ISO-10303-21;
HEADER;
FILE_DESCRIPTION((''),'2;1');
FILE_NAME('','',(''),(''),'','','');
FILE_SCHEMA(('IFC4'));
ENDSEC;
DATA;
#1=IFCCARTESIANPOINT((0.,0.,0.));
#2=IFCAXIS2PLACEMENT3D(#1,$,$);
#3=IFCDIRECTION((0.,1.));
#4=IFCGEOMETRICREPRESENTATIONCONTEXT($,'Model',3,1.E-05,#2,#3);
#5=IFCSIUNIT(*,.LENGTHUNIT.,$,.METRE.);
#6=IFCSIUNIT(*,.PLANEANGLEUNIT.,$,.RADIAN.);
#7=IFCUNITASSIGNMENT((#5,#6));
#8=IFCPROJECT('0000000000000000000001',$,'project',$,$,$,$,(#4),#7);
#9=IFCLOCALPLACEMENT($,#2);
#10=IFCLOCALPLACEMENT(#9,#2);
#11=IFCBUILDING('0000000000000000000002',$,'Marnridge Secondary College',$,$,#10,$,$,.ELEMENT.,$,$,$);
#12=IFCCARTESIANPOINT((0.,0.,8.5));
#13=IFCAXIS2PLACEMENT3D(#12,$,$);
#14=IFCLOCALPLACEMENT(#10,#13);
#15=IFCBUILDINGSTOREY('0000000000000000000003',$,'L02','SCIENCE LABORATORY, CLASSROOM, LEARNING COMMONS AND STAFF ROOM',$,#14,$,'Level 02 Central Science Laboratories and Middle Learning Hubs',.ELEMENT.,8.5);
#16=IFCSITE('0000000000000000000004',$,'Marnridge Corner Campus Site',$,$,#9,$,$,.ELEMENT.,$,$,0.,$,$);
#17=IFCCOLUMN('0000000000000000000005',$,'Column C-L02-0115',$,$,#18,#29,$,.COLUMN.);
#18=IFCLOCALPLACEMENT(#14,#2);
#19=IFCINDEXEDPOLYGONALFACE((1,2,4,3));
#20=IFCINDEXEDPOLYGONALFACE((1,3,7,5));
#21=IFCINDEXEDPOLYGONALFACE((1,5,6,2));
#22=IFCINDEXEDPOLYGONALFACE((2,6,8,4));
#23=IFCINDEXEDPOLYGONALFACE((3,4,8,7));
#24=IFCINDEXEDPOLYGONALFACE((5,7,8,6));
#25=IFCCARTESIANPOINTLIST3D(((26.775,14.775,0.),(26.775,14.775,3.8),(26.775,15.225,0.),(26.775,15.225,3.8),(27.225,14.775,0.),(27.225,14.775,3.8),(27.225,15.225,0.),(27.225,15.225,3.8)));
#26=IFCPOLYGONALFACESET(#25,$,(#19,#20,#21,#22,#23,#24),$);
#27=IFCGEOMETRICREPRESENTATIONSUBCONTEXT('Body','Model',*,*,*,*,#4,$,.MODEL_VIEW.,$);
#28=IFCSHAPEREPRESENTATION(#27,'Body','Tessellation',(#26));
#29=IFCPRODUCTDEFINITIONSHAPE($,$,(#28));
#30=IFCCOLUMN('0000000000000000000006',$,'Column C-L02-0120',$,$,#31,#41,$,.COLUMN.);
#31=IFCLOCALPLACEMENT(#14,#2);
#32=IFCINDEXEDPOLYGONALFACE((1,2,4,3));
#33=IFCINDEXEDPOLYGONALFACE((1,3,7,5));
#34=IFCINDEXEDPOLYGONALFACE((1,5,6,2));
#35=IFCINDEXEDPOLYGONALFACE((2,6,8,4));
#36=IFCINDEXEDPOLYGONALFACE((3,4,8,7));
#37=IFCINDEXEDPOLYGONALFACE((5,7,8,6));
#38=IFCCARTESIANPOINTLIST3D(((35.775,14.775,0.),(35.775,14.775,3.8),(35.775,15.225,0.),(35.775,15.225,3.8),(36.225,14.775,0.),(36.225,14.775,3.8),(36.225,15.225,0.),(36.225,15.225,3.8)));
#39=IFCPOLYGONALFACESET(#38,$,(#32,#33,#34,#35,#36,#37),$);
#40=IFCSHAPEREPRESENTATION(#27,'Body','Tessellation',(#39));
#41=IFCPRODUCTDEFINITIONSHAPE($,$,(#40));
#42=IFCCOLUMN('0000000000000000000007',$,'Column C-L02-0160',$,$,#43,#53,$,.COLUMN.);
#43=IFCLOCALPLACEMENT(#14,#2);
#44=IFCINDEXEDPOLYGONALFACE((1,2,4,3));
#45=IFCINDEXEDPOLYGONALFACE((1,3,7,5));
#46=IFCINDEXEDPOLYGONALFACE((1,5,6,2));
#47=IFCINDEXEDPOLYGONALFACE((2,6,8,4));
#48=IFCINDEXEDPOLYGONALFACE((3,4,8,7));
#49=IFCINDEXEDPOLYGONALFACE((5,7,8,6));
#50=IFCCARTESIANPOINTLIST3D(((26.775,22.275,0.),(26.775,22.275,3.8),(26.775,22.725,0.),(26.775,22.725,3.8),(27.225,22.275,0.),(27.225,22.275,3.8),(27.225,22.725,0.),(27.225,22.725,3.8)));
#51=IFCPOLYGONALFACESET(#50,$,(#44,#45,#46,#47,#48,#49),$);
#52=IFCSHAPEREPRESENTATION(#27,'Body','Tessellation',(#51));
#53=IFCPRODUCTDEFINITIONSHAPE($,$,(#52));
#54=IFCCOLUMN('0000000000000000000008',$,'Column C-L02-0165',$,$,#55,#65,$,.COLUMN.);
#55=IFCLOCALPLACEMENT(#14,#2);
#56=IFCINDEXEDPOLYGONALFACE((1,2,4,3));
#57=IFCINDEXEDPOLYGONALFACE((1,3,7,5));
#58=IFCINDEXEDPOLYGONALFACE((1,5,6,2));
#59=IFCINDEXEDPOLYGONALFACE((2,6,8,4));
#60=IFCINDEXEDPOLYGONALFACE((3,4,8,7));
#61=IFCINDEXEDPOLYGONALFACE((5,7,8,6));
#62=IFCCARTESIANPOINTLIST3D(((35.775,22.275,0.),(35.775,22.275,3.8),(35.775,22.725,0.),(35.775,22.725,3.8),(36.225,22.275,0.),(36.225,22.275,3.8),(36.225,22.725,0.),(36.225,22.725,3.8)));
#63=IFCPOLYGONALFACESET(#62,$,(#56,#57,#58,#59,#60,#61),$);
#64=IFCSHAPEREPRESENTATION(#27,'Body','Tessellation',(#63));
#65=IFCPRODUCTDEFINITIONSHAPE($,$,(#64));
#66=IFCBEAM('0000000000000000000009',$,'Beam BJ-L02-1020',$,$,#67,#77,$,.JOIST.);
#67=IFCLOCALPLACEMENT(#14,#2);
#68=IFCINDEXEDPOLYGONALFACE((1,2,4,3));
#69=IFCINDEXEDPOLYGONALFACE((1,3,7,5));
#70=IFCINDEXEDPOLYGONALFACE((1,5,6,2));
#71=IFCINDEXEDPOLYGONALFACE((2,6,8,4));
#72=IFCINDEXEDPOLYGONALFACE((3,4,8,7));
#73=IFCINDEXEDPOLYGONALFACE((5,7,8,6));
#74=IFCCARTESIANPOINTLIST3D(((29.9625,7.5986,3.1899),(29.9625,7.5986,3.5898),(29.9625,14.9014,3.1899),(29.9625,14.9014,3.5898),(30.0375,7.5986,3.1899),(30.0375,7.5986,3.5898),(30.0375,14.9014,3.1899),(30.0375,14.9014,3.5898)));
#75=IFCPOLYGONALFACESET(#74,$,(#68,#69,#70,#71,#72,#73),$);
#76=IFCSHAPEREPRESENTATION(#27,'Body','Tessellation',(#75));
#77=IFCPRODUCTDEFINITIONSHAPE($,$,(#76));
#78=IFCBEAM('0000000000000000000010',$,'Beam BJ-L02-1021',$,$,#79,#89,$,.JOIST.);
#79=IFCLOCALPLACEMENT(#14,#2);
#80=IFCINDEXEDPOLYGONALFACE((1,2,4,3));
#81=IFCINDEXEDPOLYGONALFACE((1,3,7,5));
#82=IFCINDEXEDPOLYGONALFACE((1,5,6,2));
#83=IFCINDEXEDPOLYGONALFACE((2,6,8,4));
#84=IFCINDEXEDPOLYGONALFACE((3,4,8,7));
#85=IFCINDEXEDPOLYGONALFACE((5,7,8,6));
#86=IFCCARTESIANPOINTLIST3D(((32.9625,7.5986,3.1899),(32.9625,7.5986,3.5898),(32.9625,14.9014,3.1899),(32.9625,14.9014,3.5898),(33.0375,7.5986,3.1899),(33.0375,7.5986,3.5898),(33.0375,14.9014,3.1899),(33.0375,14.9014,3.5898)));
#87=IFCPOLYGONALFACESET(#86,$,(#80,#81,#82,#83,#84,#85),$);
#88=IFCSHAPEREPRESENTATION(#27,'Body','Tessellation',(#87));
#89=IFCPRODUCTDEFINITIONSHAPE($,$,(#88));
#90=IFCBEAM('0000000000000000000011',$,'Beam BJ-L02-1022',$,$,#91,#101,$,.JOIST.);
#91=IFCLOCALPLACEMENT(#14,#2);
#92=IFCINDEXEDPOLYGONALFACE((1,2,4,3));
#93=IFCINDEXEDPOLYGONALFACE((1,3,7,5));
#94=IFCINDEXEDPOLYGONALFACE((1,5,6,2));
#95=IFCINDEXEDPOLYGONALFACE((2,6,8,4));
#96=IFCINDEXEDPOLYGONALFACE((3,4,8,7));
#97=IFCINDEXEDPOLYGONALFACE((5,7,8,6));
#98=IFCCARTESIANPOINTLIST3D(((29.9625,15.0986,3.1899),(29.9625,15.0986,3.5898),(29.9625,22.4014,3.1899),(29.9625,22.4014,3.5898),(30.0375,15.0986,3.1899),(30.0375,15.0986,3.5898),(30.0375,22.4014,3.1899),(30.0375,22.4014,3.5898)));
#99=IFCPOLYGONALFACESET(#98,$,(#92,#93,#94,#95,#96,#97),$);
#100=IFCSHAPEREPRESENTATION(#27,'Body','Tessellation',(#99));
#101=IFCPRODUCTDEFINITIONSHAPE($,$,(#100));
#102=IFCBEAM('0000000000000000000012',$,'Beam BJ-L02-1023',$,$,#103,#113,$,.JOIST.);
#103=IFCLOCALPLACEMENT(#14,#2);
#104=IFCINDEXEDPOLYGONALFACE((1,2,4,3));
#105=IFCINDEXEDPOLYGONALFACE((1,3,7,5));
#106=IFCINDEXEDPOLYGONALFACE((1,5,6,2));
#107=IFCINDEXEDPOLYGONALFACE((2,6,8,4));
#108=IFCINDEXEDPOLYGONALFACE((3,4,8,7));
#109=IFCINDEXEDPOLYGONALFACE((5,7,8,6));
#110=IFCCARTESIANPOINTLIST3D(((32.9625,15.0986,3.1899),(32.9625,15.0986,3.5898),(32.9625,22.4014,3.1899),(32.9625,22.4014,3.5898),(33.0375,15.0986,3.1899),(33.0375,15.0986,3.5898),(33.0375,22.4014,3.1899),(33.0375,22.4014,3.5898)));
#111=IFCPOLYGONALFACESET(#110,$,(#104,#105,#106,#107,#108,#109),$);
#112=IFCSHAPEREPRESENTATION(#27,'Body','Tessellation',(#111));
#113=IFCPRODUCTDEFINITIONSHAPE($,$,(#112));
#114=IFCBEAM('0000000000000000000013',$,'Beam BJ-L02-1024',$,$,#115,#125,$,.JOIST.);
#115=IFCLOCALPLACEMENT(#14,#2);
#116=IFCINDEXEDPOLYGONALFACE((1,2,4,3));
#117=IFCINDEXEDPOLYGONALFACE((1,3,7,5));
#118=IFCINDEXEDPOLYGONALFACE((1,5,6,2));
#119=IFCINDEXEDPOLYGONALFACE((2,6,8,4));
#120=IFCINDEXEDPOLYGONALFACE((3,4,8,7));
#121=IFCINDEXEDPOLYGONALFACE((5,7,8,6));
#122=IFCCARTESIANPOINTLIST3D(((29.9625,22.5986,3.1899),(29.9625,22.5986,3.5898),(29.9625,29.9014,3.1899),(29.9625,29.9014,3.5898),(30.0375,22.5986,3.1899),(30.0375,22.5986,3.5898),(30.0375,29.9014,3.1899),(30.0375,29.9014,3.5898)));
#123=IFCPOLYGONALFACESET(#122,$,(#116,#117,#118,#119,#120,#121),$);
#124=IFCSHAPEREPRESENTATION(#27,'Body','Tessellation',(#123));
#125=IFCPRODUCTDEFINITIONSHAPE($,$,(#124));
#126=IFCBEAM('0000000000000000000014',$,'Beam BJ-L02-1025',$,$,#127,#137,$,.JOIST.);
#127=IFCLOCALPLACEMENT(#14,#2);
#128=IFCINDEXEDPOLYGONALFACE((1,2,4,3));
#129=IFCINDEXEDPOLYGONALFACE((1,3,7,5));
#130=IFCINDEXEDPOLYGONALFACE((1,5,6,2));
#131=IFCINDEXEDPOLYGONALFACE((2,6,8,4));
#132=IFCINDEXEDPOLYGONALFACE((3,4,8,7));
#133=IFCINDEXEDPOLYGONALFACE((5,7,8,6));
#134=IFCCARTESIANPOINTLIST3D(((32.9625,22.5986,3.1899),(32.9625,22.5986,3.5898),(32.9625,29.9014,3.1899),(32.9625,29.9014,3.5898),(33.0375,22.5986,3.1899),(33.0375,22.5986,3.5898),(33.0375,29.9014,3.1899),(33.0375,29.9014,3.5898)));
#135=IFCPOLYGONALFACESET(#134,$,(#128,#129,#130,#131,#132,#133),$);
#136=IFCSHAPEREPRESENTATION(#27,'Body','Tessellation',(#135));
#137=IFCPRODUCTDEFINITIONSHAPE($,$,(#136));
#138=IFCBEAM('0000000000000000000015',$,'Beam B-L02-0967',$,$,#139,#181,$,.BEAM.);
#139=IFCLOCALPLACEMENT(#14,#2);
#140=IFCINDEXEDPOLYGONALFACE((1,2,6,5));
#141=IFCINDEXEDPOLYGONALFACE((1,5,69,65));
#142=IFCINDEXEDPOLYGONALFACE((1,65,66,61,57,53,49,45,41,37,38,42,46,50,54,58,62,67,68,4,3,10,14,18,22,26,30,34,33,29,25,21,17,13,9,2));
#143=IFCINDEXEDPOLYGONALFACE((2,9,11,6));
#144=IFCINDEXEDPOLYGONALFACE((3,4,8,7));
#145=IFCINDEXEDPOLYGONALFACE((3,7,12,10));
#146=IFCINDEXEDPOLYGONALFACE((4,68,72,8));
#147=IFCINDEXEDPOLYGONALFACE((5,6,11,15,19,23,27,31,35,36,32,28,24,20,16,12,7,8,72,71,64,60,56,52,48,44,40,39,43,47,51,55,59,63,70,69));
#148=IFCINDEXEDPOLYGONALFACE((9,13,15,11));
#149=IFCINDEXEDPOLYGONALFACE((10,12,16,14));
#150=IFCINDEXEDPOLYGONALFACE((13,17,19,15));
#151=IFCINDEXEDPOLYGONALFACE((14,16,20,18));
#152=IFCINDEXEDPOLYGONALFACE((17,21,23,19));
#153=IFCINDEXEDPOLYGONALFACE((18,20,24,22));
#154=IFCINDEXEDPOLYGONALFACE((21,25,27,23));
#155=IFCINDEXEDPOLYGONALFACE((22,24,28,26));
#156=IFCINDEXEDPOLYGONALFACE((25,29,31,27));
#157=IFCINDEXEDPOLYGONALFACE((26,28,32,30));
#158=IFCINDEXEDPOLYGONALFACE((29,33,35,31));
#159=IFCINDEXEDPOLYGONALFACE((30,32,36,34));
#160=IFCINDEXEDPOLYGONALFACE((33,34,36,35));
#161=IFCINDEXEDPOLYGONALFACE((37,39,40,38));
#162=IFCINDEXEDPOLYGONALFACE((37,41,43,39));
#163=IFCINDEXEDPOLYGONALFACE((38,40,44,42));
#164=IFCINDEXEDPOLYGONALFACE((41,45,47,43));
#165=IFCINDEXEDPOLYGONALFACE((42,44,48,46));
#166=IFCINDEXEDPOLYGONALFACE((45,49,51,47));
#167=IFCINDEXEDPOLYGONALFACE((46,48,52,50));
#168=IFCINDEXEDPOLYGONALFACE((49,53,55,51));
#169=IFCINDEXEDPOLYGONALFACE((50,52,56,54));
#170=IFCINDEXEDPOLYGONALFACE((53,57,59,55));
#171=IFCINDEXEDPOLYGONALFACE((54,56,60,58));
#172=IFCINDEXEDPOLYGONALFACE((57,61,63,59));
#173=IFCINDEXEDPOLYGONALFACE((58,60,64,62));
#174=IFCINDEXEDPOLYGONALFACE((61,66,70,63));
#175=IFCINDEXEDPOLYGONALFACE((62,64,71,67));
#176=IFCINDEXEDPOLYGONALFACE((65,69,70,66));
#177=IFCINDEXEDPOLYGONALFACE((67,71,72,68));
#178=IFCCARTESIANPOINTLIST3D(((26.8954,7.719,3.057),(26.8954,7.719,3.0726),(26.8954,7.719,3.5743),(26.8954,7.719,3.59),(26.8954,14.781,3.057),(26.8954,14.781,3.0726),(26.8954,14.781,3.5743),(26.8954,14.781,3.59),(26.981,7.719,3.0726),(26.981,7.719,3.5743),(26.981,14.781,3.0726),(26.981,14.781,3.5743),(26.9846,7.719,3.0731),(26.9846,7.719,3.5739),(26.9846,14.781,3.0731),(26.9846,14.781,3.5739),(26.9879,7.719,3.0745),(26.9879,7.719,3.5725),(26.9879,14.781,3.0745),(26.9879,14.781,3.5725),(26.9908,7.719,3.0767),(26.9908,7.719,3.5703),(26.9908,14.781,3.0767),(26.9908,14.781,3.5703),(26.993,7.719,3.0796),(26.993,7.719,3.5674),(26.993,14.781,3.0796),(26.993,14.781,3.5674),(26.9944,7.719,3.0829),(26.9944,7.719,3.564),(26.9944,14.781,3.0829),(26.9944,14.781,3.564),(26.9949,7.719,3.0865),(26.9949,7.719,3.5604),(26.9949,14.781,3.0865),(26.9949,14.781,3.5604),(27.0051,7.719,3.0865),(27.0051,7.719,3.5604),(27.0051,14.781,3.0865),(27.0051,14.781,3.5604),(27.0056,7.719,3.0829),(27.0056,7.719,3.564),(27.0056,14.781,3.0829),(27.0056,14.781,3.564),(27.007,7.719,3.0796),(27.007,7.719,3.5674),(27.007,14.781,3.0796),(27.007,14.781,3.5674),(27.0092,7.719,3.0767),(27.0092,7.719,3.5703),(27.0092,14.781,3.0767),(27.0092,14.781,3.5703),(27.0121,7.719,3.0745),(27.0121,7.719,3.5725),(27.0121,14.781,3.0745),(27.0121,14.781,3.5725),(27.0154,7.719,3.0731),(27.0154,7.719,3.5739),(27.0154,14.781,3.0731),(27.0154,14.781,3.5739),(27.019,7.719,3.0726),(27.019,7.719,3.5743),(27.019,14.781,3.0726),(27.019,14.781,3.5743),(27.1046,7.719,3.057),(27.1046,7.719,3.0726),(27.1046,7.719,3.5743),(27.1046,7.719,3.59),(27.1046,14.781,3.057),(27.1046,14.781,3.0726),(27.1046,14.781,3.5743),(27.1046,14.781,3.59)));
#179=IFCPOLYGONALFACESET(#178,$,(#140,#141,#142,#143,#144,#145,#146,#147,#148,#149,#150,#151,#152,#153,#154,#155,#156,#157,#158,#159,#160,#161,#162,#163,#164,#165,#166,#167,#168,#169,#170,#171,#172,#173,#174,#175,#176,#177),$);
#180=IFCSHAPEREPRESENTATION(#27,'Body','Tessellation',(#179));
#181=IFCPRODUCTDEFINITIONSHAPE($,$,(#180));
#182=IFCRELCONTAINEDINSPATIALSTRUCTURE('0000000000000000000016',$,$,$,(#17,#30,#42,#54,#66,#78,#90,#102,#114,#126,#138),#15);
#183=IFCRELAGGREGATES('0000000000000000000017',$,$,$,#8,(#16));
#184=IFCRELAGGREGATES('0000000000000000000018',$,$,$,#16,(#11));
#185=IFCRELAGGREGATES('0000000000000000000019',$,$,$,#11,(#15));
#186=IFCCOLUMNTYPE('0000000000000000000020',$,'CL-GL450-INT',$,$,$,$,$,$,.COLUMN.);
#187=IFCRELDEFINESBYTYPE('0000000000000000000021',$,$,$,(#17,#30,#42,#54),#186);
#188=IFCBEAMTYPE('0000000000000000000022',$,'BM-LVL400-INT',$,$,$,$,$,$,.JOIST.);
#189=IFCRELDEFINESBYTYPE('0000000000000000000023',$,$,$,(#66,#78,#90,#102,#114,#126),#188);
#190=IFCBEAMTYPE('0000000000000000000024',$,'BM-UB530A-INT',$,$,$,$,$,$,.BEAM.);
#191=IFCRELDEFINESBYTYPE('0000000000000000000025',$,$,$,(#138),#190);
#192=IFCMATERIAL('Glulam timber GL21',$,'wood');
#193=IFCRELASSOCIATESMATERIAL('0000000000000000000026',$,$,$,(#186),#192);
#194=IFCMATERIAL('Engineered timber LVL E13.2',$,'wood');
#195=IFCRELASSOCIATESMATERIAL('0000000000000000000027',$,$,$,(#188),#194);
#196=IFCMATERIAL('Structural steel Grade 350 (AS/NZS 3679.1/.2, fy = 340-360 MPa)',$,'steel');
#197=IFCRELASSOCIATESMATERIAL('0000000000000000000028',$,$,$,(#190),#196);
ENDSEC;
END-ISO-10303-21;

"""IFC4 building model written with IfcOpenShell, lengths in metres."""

from ifc_helpers import new_model, si_unit, direction, frame, origin, origin_2d, place, context, subcontext, project, spatial, rectangle, i_section, extrude, material, material_profile, profile_set, type_object, element, save


model = new_model("IFC4")

# Units and contexts
model_context = context("Model", 3, precision=1e-05, world=origin(), true_north=direction((0.0, 1.0)))
body_context = subcontext(model_context, "Body", "Model", "MODEL_VIEW")
ifc_project = project(units=[si_unit("LENGTHUNIT", "METRE"), si_unit("PLANEANGLEUNIT", "RADIAN")], contexts=[model_context])

# Site, building, storey
site_placement = place(None, origin())
site = spatial("IfcSite", under=ifc_project, at=site_placement, Name="Marnridge Corner Campus Site", CompositionType="ELEMENT", RefElevation=0.0)
building_placement = place(site_placement, origin())
building = spatial("IfcBuilding", under=site, at=building_placement, Name="Marnridge Secondary College", CompositionType="ELEMENT")
storey_placement = place(building_placement, frame((0.0, 0.0, 8.5)))
storey = spatial("IfcBuildingStorey", under=building, at=storey_placement, Name="L02", Description="SCIENCE LABORATORY, CLASSROOM, LEARNING COMMONS AND STAFF ROOM", LongName="Level 02 Central Science Laboratories and Middle Learning Hubs", CompositionType="ELEMENT", Elevation=8.5)

# Columns
ifc_material_1 = material(Name="Glulam timber GL21", Category="wood")
ifc_material_profile_1 = material_profile(ifc_material_1, rectangle(XDim=0.45, YDim=0.45, at=origin_2d()), Name="GL21 450x450")
ifc_profile_set_1 = profile_set([ifc_material_profile_1], Name="Glulam timber GL21")
column_type = type_object("IfcColumnType", Name="CL-GL450-INT", PredefinedType="COLUMN", material=ifc_profile_set_1)
for number, where, z_axis, x_axis, name in (
    (1, (27.0, 15.0, 0.0), (0.0, 0.0, 1.0), (1.0, 0.0, 0.0), "Column C-L02-0115"),
    (2, (36.0, 15.0, 0.0), (0.0, 0.0, 1.0), (1.0, 0.0, 0.0), "Column C-L02-0120"),
    (3, (27.0, 22.5, 0.0), (0.0, 0.0, 1.0), (1.0, 0.0, 0.0), "Column C-L02-0160"),
    (4, (36.0, 22.5, 0.0), (0.0, 0.0, 1.0), (1.0, 0.0, 0.0), "Column C-L02-0165"),
):
    element("IfcColumn", number, at=place(storey_placement, frame(where, z_axis=z_axis, x_axis=x_axis)), inside=storey, type_object=column_type, Name=name, PredefinedType="COLUMN", context=body_context, shape_type="SweptSolid", body=[
        extrude(rectangle(XDim=0.45, YDim=0.45, at=origin_2d()), origin(), (0.0, 0.0, 1.0), 3.8),
    ])

# Beams
ifc_material_2 = material(Name="Engineered timber LVL E13.2", Category="wood")
ifc_material_profile_2 = material_profile(ifc_material_2, rectangle(XDim=0.075, YDim=0.3999, at=origin_2d()), Name="LVL 75x400")
ifc_profile_set_2 = profile_set([ifc_material_profile_2], Name="Engineered timber LVL E13.2")
beam_type_1 = type_object("IfcBeamType", Name="BM-LVL400-INT", PredefinedType="JOIST", material=ifc_profile_set_2)
for number, where, z_axis, x_axis, name in (
    (5, (30.0, 7.5986, 3.3899), (0.0, 1.0, 0.0), (-1.0, 0.0, 0.0), "Beam BJ-L02-1020"),
    (6, (33.0, 7.5986, 3.3899), (0.0, 1.0, 0.0), (-1.0, 0.0, 0.0), "Beam BJ-L02-1021"),
    (7, (30.0, 15.0986, 3.3899), (0.0, 1.0, 0.0), (-1.0, 0.0, 0.0), "Beam BJ-L02-1022"),
    (8, (33.0, 15.0986, 3.3899), (0.0, 1.0, 0.0), (-1.0, 0.0, 0.0), "Beam BJ-L02-1023"),
    (9, (30.0, 22.5986, 3.3899), (0.0, 1.0, 0.0), (-1.0, 0.0, 0.0), "Beam BJ-L02-1024"),
    (10, (33.0, 22.5986, 3.3899), (0.0, 1.0, 0.0), (-1.0, 0.0, 0.0), "Beam BJ-L02-1025"),
):
    element("IfcBeam", number, at=place(storey_placement, frame(where, z_axis=z_axis, x_axis=x_axis)), inside=storey, type_object=beam_type_1, Name=name, PredefinedType="JOIST", context=body_context, shape_type="SweptSolid", body=[
        extrude(rectangle(XDim=0.075, YDim=0.3999, at=origin_2d()), origin(), (0.0, 0.0, 1.0), 7.3027),
    ])
ifc_material_3 = material(Name="Structural steel Grade 350 (AS/NZS 3679.1/.2, fy = 340-360 MPa)", Category="steel")
ifc_material_profile_3 = material_profile(ifc_material_3, i_section(OverallWidth=0.2092, OverallDepth=0.533, WebThickness=0.0103, FlangeThickness=0.0156, FilletRadius=0.0139, at=origin_2d()), Name="530UB92.4")
ifc_profile_set_3 = profile_set([ifc_material_profile_3], Name="Structural steel Grade 350 (AS/NZS 3679.1/.2, fy = 340-360 MPa)")
beam_type_2 = type_object("IfcBeamType", Name="BM-UB530A-INT", PredefinedType="BEAM", material=ifc_profile_set_3)
for number, where, z_axis, x_axis, name in (
    (11, (27.0, 7.719, 3.3235), (0.0, 1.0, 0.0), (-1.0, 0.0, 0.0), "Beam B-L02-0967"),
):
    element("IfcBeam", number, at=place(storey_placement, frame(where, z_axis=z_axis, x_axis=x_axis)), inside=storey, type_object=beam_type_2, Name=name, PredefinedType="BEAM", context=body_context, shape_type="SweptSolid", body=[
        extrude(i_section(OverallWidth=0.2092, OverallDepth=0.533, WebThickness=0.0103, FlangeThickness=0.0156, FilletRadius=0.0139, at=origin_2d()), origin(), (0.0, 0.0, 1.0), 7.062),
    ])

save(model, "model.ifc")
